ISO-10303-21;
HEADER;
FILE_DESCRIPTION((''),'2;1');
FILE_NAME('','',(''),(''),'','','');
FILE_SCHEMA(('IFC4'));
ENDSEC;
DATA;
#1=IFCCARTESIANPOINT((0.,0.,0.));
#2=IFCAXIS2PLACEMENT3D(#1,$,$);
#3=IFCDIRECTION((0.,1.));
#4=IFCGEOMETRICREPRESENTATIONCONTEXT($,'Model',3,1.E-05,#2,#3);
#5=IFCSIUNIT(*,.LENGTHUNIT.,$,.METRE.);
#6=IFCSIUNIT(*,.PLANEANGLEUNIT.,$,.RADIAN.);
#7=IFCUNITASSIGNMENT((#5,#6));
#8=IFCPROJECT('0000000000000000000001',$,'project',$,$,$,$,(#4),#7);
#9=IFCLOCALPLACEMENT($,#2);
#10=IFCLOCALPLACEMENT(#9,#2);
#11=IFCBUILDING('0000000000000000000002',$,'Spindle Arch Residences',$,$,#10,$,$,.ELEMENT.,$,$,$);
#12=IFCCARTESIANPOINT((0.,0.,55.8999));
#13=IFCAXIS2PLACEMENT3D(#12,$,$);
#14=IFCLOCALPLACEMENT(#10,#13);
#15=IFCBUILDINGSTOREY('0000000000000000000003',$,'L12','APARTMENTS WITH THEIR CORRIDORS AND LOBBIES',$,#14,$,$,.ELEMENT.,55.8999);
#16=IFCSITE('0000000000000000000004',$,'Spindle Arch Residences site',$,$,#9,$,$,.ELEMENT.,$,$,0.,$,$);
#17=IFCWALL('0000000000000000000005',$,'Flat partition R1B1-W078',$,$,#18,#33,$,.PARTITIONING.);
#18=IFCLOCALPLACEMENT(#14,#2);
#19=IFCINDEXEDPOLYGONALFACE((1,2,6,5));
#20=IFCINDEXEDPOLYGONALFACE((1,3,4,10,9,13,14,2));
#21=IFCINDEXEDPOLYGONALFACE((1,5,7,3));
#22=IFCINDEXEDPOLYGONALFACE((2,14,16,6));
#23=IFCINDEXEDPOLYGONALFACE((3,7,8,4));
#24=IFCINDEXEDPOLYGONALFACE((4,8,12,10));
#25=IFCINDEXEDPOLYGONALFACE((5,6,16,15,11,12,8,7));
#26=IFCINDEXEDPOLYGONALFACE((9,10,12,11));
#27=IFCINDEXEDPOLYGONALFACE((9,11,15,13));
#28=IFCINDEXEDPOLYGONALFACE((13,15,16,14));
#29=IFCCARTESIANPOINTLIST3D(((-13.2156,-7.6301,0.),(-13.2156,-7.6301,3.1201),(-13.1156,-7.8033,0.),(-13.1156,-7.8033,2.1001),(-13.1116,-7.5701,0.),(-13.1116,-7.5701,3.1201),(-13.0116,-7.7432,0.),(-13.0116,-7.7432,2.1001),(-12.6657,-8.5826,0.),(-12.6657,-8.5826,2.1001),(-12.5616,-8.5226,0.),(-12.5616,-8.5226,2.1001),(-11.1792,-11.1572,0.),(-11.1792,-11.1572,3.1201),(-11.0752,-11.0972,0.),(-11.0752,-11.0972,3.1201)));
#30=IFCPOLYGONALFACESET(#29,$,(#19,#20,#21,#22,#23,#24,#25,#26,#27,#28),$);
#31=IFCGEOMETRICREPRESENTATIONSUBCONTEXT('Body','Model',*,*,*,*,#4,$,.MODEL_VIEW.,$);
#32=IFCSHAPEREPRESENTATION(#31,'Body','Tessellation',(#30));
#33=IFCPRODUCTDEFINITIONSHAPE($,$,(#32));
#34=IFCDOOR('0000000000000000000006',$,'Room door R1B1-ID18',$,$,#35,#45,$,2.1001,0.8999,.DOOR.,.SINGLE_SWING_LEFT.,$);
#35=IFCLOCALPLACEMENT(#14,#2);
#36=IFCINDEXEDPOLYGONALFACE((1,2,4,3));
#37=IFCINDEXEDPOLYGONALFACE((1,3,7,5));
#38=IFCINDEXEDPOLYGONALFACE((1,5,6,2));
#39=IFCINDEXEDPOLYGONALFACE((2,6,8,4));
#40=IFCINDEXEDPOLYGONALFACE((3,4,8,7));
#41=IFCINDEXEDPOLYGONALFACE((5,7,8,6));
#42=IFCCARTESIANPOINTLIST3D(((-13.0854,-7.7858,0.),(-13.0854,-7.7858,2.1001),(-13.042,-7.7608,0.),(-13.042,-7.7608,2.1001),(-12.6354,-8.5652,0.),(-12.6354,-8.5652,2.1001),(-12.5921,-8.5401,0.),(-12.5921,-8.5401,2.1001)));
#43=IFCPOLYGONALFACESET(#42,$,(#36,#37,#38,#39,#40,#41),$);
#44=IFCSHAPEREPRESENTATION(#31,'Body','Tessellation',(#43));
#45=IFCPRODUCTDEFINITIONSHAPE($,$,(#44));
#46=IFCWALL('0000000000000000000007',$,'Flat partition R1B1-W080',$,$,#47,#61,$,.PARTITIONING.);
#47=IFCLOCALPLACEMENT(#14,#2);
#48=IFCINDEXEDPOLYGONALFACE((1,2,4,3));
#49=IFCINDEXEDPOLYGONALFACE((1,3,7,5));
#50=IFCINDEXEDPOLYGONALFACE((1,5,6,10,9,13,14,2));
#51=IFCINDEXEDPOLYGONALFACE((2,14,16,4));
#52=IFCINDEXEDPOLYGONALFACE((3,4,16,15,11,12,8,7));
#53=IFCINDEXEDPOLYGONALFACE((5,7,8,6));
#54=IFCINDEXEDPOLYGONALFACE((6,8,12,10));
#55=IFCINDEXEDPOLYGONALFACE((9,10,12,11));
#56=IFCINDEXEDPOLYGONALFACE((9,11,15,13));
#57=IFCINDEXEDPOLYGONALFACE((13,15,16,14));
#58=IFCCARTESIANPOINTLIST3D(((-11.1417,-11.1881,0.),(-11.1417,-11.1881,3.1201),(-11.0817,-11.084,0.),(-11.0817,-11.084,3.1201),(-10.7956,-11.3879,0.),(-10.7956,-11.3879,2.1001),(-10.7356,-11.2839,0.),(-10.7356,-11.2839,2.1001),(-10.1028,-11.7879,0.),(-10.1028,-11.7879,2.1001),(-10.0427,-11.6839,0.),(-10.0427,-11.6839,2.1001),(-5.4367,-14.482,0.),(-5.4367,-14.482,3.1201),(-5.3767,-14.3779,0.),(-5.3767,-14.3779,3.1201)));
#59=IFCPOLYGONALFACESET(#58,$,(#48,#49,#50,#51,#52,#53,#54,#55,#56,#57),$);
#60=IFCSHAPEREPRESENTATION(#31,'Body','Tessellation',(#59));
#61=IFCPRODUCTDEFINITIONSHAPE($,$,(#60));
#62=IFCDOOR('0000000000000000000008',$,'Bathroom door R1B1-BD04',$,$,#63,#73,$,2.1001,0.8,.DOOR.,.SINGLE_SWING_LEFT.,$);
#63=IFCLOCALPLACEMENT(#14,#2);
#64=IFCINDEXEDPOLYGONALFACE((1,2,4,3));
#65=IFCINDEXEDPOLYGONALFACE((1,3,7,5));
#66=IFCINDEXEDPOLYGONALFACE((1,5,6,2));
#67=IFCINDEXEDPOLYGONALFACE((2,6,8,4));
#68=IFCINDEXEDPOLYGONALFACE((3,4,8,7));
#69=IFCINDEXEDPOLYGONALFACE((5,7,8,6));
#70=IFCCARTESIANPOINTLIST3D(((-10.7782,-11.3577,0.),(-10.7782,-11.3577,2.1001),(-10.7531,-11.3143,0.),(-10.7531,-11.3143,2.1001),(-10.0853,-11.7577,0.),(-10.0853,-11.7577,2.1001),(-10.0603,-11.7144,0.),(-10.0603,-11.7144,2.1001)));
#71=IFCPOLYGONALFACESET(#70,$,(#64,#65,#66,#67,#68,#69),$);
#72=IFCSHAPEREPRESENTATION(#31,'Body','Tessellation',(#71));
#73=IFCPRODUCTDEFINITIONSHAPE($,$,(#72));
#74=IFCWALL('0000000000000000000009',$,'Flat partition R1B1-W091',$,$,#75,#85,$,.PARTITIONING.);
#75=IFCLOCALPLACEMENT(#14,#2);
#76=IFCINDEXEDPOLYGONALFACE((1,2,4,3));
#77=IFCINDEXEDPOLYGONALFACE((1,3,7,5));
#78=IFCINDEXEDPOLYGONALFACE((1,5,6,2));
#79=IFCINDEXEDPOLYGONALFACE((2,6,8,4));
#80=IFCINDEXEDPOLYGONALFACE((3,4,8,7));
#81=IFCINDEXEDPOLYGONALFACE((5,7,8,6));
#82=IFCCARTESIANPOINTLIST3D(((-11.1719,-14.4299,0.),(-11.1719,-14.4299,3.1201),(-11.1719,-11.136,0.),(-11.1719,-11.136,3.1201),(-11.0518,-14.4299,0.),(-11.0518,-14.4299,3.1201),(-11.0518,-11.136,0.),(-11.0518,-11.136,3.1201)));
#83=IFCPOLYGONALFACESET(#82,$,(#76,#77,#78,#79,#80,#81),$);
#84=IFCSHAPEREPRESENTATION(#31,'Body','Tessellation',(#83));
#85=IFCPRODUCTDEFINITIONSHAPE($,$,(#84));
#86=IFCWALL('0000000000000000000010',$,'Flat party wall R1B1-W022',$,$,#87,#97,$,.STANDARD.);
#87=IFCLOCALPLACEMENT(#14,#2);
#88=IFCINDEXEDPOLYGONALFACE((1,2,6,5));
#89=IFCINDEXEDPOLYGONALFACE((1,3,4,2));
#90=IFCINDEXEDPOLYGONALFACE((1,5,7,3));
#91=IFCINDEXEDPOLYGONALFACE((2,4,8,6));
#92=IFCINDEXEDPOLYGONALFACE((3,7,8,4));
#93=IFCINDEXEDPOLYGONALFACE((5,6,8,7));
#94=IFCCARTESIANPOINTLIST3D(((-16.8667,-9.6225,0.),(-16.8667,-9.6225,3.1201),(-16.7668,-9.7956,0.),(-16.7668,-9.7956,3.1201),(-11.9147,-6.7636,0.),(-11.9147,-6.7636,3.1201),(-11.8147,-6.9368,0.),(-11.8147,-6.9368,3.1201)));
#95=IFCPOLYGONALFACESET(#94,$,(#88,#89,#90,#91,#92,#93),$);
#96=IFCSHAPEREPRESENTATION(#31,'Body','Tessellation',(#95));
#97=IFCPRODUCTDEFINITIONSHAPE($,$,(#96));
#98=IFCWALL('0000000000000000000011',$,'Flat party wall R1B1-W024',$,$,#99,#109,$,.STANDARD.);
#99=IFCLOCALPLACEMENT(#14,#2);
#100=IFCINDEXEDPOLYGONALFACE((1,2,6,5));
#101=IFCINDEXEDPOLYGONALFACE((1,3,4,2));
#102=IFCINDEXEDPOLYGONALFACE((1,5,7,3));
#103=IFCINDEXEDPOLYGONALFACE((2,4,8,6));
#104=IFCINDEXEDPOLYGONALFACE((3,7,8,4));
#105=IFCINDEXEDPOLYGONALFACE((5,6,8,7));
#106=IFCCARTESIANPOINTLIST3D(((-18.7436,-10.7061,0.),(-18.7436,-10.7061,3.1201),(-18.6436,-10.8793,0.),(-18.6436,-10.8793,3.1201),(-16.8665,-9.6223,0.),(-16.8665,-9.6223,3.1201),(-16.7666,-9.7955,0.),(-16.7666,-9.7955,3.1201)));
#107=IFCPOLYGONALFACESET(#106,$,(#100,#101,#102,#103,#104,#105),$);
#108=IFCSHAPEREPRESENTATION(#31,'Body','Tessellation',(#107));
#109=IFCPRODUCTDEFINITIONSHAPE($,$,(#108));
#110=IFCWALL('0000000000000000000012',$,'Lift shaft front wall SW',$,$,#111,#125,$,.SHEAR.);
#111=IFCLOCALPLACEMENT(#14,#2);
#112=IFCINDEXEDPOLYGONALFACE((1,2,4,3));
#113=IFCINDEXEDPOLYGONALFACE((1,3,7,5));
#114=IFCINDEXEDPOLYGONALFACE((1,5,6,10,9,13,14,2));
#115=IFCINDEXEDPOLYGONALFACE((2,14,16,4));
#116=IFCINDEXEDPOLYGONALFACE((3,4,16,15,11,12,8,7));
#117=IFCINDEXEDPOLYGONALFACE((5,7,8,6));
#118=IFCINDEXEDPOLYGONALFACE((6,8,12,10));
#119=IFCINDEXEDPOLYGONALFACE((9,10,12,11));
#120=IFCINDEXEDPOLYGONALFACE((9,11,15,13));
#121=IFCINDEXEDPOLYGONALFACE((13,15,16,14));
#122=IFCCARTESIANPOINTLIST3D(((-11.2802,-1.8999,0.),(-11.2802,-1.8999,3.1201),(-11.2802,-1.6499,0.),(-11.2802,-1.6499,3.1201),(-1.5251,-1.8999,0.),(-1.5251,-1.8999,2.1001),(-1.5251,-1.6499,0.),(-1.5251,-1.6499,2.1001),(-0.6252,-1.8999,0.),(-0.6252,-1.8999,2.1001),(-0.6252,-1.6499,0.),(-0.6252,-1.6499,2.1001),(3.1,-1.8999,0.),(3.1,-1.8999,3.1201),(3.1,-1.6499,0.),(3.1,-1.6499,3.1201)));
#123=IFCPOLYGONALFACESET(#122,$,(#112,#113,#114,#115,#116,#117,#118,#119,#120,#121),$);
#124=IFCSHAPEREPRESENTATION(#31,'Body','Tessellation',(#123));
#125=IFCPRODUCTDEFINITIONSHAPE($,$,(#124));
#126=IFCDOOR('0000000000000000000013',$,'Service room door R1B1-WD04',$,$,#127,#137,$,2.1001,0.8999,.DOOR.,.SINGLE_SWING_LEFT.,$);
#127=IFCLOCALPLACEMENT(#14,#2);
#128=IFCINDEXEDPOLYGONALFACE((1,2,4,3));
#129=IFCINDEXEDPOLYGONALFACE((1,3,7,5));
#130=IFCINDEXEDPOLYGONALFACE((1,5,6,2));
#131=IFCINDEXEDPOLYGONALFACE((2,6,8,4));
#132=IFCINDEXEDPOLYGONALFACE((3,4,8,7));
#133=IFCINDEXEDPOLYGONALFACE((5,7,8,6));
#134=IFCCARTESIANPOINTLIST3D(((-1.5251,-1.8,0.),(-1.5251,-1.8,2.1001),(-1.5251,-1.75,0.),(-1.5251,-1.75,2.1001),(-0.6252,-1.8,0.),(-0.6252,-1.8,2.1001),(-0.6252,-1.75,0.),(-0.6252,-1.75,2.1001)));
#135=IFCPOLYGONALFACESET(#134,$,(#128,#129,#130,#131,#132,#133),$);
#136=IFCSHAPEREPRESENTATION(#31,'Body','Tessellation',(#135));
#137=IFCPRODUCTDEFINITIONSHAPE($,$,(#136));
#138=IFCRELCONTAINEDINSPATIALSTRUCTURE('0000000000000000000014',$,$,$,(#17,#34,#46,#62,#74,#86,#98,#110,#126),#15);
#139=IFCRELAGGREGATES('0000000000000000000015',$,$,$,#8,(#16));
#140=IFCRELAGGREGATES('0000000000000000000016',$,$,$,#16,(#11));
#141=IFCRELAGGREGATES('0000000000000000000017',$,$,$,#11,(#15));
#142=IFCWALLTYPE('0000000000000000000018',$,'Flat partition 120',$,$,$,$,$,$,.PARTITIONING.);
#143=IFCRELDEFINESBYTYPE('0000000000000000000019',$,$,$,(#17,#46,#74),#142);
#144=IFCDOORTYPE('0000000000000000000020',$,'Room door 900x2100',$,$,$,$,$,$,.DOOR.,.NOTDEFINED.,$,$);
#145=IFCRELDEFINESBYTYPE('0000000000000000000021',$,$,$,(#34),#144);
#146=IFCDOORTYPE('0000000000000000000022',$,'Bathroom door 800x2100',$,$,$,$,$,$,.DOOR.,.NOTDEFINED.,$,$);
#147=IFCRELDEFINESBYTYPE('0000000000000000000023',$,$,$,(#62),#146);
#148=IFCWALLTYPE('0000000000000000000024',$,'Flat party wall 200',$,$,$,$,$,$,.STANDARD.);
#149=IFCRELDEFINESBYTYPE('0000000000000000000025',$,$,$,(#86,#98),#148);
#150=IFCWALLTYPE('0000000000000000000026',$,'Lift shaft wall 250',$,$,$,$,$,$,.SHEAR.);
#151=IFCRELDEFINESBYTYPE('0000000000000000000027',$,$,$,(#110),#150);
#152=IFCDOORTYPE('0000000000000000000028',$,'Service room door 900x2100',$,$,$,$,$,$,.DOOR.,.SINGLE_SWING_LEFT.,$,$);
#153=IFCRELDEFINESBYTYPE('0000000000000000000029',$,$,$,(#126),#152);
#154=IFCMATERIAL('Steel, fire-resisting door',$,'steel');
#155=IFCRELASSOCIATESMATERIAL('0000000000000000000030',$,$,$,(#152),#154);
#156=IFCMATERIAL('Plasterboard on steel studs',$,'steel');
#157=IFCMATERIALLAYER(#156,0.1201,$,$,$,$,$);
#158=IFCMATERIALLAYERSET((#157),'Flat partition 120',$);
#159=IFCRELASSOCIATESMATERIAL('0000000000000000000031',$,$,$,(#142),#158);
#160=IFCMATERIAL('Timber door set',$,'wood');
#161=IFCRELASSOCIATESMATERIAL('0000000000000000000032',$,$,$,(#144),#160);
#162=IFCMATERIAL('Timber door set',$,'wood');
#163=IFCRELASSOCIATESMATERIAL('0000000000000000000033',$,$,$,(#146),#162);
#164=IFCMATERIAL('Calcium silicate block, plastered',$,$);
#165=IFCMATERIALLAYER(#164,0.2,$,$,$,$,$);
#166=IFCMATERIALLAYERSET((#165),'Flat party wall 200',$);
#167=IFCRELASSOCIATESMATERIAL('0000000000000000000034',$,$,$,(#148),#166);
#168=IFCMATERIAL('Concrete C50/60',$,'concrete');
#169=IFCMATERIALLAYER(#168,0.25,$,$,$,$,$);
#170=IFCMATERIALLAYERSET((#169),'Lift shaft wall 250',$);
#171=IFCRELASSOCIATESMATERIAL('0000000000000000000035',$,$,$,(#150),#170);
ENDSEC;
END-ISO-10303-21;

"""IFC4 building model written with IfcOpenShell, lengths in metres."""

from ifc_helpers import new_model, si_unit, direction, frame, frame_2d, origin, place, context, subcontext, project, spatial, rectangle, extrude, material, layer, layer_set, type_object, element, fill, save


model = new_model("IFC4")

# Units and contexts
model_context = context("Model", 3, precision=1e-05, world=origin(), true_north=direction((0.0, 1.0)))
body_context = subcontext(model_context, "Body", "Model", "MODEL_VIEW")
ifc_project = project(units=[si_unit("LENGTHUNIT", "METRE"), si_unit("PLANEANGLEUNIT", "RADIAN")], contexts=[model_context])

# Site, building, storey
site_placement = place(None, origin())
site = spatial("IfcSite", under=ifc_project, at=site_placement, Name="Spindle Arch Residences site", CompositionType="ELEMENT", RefElevation=0.0)
building_placement = place(site_placement, origin())
building = spatial("IfcBuilding", under=site, at=building_placement, Name="Spindle Arch Residences", CompositionType="ELEMENT")
storey_placement = place(building_placement, frame((0.0, 0.0, 55.8999)))
storey = spatial("IfcBuildingStorey", under=building, at=storey_placement, Name="L12", Description="APARTMENTS WITH THEIR CORRIDORS AND LOBBIES", CompositionType="ELEMENT", Elevation=55.8999)

# Shared definitions
ifc_material_1 = material(Name="Steel, fire-resisting door", Category="steel")
door_type_1 = type_object("IfcDoorType", Name="Service room door 900x2100", OperationType="SINGLE_SWING_LEFT", PredefinedType="DOOR", material=ifc_material_1)

# Shared definitions
ifc_material_2 = material(Name="Plasterboard on steel studs", Category="steel")
ifc_layer_1 = layer(ifc_material_2, 0.1201)
ifc_layer_set_1 = layer_set([ifc_layer_1], Name="Flat partition 120")
wall_type_1 = type_object("IfcWallType", Name="Flat partition 120", PredefinedType="PARTITIONING", material=ifc_layer_set_1)

# Walls, openings, doors
wall_1_placement = place(storey_placement, frame((-13.1636, -7.6001, 0.0), z_axis=(0.0, 0.0, 1.0), x_axis=(0.500001, -0.866025, 0.0)))
wall_1 = element("IfcWall", 1, at=wall_1_placement, inside=storey, type_object=wall_type_1, Name="Flat partition R1B1-W078", PredefinedType="PARTITIONING", context=body_context, shape_type="SweptSolid", body=[
    extrude(rectangle(XDim=4.0728, YDim=0.1201, at=frame_2d((2.0364, 0.0))), origin(), (0.0, 0.0, 1.0), 3.1201),
])
opening_1_placement = place(wall_1_placement, frame((0.2, 0.0, 0.0)))
opening_1 = element("IfcOpeningElement", 2, at=opening_1_placement, cuts=wall_1, PredefinedType="OPENING", context=body_context, shape_type="SweptSolid", body=[
    extrude(rectangle(XDim=0.8999, YDim=2.1001, at=frame_2d((0.45, 1.05))), frame((0.0, 0.0701, 0.0), z_axis=(0.0, -1.0, 0.0), x_axis=(1.0, 0.0, 0.0)), (0.0, 0.0, 1.0), 0.1401),
])
ifc_material_3 = material(Name="Timber door set", Category="wood")
door_type_2 = type_object("IfcDoorType", Name="Room door 900x2100", OperationType="NOTDEFINED", PredefinedType="DOOR", material=ifc_material_3)
door_1_placement = place(opening_1_placement, origin())
door_1 = element("IfcDoor", 3, at=door_1_placement, inside=storey, type_object=door_type_2, Name="Room door R1B1-ID18", OperationType="SINGLE_SWING_LEFT", OverallHeight=2.1001, OverallWidth=0.8999, PredefinedType="DOOR", context=body_context, shape_type="SweptSolid", body=[
    extrude(rectangle(XDim=0.8999, YDim=2.1001, at=frame_2d((0.45, 1.05))), frame((0.0, 0.0249, 0.0), z_axis=(0.0, -1.0, 0.0), x_axis=(1.0, 0.0, 0.0)), (0.0, 0.0, 1.0), 0.05),
])
fill(opening_1, door_1)
wall_2_placement = place(storey_placement, frame((-11.1118, -11.136, 0.0), z_axis=(0.0, 0.0, 1.0), x_axis=(0.866018, -0.500013, 0.0)))
wall_2 = element("IfcWall", 4, at=wall_2_placement, inside=storey, type_object=wall_type_1, Name="Flat partition R1B1-W080", PredefinedType="PARTITIONING", context=body_context, shape_type="SweptSolid", body=[
    extrude(rectangle(XDim=6.5876, YDim=0.1201, at=frame_2d((3.2939, 0.0))), origin(), (0.0, 0.0, 1.0), 3.1201),
])
opening_2_placement = place(wall_2_placement, frame((0.3999, 0.0, 0.0)))
opening_2 = element("IfcOpeningElement", 5, at=opening_2_placement, cuts=wall_2, PredefinedType="OPENING", context=body_context, shape_type="SweptSolid", body=[
    extrude(rectangle(XDim=0.8, YDim=2.1001, at=frame_2d((0.3999, 1.05))), frame((0.0, 0.0701, 0.0), z_axis=(0.0, -1.0, 0.0), x_axis=(1.0, 0.0, 0.0)), (0.0, 0.0, 1.0), 0.1401),
])
ifc_material_4 = material(Name="Timber door set", Category="wood")
door_type_3 = type_object("IfcDoorType", Name="Bathroom door 800x2100", OperationType="NOTDEFINED", PredefinedType="DOOR", material=ifc_material_4)
door_2_placement = place(opening_2_placement, origin())
door_2 = element("IfcDoor", 6, at=door_2_placement, inside=storey, type_object=door_type_3, Name="Bathroom door R1B1-BD04", OperationType="SINGLE_SWING_LEFT", OverallHeight=2.1001, OverallWidth=0.8, PredefinedType="DOOR", context=body_context, shape_type="SweptSolid", body=[
    extrude(rectangle(XDim=0.8, YDim=2.1001, at=frame_2d((0.3999, 1.05))), frame((0.0, 0.0249, 0.0), z_axis=(0.0, -1.0, 0.0), x_axis=(1.0, 0.0, 0.0)), (0.0, 0.0, 1.0), 0.05),
])
fill(opening_2, door_2)

# Walls
wall_3_placement = place(storey_placement, frame((-11.1118, -14.4299, 0.0), z_axis=(0.0, 0.0, 1.0), x_axis=(0.0, 1.0, 0.0)))
element("IfcWall", 7, at=wall_3_placement, inside=storey, type_object=wall_type_1, Name="Flat partition R1B1-W091", PredefinedType="PARTITIONING", context=body_context, shape_type="SweptSolid", body=[
    extrude(rectangle(XDim=3.2939, YDim=0.1201, at=frame_2d((1.647, 0.0))), origin(), (0.0, 0.0, 1.0), 3.1201),
])
ifc_material_5 = material(Name="Calcium silicate block, plastered")
ifc_layer_2 = layer(ifc_material_5, 0.2)
ifc_layer_set_2 = layer_set([ifc_layer_2], Name="Flat party wall 200")
wall_type_2 = type_object("IfcWallType", Name="Flat party wall 200", PredefinedType="STANDARD", material=ifc_layer_set_2)
wall_4_placement = place(storey_placement, frame((-16.8167, -9.709, 0.0), z_axis=(0.0, 0.0, 1.0), x_axis=(0.866043, 0.499969, 0.0)))
element("IfcWall", 8, at=wall_4_placement, inside=storey, type_object=wall_type_2, Name="Flat party wall R1B1-W022", PredefinedType="STANDARD", context=body_context, shape_type="SweptSolid", body=[
    extrude(rectangle(XDim=5.718, YDim=0.2, at=frame_2d((2.8589, 0.0))), origin(), (0.0, 0.0, 1.0), 3.1201),
])
wall_5_placement = place(storey_placement, frame((-18.6936, -10.7927, 0.0), z_axis=(0.0, 0.0, 1.0), x_axis=(0.866009, 0.500028, 0.0)))
element("IfcWall", 9, at=wall_5_placement, inside=storey, type_object=wall_type_2, Name="Flat party wall R1B1-W024", PredefinedType="STANDARD", context=body_context, shape_type="SweptSolid", body=[
    extrude(rectangle(XDim=2.1675, YDim=0.2, at=frame_2d((1.0837, 0.0))), origin(), (0.0, 0.0, 1.0), 3.1201),
])

# Wall, opening, door
ifc_material_6 = material(Name="Concrete C50/60", Category="concrete")
ifc_layer_3 = layer(ifc_material_6, 0.25)
ifc_layer_set_3 = layer_set([ifc_layer_3], Name="Lift shaft wall 250")
wall_type_3 = type_object("IfcWallType", Name="Lift shaft wall 250", PredefinedType="SHEAR", material=ifc_layer_set_3)
wall_6_placement = place(storey_placement, frame((-11.28, -1.7749, 0.0), z_axis=(0.0, 0.0, 1.0), x_axis=(1.0, 0.0, 0.0)))
wall_6 = element("IfcWall", 10, at=wall_6_placement, inside=storey, type_object=wall_type_3, Name="Lift shaft front wall SW", PredefinedType="SHEAR", context=body_context, shape_type="SweptSolid", body=[
    extrude(rectangle(XDim=14.3801, YDim=0.25, at=frame_2d((7.1899, 0.0))), origin(), (0.0, 0.0, 1.0), 3.1201),
])
opening_3_placement = place(wall_6_placement, frame((9.7549, 0.0, 0.0)))
opening_3 = element("IfcOpeningElement", 11, at=opening_3_placement, cuts=wall_6, PredefinedType="OPENING", context=body_context, shape_type="SweptSolid", body=[
    extrude(rectangle(XDim=0.8999, YDim=2.1001, at=frame_2d((0.45, 1.05))), frame((0.0, 0.135, 0.0), z_axis=(0.0, -1.0, 0.0), x_axis=(1.0, 0.0, 0.0)), (0.0, 0.0, 1.0), 0.27),
])
door_3_placement = place(opening_3_placement, origin())
door_3 = element("IfcDoor", 12, at=door_3_placement, inside=storey, type_object=door_type_1, Name="Service room door R1B1-WD04", OperationType="SINGLE_SWING_LEFT", OverallHeight=2.1001, OverallWidth=0.8999, PredefinedType="DOOR", context=body_context, shape_type="SweptSolid", body=[
    extrude(rectangle(XDim=0.8999, YDim=2.1001, at=frame_2d((0.45, 1.05))), frame((0.0, 0.0249, 0.0), z_axis=(0.0, -1.0, 0.0), x_axis=(1.0, 0.0, 0.0)), (0.0, 0.0, 1.0), 0.05),
])
fill(opening_3, door_3)

save(model, "model.ifc")
